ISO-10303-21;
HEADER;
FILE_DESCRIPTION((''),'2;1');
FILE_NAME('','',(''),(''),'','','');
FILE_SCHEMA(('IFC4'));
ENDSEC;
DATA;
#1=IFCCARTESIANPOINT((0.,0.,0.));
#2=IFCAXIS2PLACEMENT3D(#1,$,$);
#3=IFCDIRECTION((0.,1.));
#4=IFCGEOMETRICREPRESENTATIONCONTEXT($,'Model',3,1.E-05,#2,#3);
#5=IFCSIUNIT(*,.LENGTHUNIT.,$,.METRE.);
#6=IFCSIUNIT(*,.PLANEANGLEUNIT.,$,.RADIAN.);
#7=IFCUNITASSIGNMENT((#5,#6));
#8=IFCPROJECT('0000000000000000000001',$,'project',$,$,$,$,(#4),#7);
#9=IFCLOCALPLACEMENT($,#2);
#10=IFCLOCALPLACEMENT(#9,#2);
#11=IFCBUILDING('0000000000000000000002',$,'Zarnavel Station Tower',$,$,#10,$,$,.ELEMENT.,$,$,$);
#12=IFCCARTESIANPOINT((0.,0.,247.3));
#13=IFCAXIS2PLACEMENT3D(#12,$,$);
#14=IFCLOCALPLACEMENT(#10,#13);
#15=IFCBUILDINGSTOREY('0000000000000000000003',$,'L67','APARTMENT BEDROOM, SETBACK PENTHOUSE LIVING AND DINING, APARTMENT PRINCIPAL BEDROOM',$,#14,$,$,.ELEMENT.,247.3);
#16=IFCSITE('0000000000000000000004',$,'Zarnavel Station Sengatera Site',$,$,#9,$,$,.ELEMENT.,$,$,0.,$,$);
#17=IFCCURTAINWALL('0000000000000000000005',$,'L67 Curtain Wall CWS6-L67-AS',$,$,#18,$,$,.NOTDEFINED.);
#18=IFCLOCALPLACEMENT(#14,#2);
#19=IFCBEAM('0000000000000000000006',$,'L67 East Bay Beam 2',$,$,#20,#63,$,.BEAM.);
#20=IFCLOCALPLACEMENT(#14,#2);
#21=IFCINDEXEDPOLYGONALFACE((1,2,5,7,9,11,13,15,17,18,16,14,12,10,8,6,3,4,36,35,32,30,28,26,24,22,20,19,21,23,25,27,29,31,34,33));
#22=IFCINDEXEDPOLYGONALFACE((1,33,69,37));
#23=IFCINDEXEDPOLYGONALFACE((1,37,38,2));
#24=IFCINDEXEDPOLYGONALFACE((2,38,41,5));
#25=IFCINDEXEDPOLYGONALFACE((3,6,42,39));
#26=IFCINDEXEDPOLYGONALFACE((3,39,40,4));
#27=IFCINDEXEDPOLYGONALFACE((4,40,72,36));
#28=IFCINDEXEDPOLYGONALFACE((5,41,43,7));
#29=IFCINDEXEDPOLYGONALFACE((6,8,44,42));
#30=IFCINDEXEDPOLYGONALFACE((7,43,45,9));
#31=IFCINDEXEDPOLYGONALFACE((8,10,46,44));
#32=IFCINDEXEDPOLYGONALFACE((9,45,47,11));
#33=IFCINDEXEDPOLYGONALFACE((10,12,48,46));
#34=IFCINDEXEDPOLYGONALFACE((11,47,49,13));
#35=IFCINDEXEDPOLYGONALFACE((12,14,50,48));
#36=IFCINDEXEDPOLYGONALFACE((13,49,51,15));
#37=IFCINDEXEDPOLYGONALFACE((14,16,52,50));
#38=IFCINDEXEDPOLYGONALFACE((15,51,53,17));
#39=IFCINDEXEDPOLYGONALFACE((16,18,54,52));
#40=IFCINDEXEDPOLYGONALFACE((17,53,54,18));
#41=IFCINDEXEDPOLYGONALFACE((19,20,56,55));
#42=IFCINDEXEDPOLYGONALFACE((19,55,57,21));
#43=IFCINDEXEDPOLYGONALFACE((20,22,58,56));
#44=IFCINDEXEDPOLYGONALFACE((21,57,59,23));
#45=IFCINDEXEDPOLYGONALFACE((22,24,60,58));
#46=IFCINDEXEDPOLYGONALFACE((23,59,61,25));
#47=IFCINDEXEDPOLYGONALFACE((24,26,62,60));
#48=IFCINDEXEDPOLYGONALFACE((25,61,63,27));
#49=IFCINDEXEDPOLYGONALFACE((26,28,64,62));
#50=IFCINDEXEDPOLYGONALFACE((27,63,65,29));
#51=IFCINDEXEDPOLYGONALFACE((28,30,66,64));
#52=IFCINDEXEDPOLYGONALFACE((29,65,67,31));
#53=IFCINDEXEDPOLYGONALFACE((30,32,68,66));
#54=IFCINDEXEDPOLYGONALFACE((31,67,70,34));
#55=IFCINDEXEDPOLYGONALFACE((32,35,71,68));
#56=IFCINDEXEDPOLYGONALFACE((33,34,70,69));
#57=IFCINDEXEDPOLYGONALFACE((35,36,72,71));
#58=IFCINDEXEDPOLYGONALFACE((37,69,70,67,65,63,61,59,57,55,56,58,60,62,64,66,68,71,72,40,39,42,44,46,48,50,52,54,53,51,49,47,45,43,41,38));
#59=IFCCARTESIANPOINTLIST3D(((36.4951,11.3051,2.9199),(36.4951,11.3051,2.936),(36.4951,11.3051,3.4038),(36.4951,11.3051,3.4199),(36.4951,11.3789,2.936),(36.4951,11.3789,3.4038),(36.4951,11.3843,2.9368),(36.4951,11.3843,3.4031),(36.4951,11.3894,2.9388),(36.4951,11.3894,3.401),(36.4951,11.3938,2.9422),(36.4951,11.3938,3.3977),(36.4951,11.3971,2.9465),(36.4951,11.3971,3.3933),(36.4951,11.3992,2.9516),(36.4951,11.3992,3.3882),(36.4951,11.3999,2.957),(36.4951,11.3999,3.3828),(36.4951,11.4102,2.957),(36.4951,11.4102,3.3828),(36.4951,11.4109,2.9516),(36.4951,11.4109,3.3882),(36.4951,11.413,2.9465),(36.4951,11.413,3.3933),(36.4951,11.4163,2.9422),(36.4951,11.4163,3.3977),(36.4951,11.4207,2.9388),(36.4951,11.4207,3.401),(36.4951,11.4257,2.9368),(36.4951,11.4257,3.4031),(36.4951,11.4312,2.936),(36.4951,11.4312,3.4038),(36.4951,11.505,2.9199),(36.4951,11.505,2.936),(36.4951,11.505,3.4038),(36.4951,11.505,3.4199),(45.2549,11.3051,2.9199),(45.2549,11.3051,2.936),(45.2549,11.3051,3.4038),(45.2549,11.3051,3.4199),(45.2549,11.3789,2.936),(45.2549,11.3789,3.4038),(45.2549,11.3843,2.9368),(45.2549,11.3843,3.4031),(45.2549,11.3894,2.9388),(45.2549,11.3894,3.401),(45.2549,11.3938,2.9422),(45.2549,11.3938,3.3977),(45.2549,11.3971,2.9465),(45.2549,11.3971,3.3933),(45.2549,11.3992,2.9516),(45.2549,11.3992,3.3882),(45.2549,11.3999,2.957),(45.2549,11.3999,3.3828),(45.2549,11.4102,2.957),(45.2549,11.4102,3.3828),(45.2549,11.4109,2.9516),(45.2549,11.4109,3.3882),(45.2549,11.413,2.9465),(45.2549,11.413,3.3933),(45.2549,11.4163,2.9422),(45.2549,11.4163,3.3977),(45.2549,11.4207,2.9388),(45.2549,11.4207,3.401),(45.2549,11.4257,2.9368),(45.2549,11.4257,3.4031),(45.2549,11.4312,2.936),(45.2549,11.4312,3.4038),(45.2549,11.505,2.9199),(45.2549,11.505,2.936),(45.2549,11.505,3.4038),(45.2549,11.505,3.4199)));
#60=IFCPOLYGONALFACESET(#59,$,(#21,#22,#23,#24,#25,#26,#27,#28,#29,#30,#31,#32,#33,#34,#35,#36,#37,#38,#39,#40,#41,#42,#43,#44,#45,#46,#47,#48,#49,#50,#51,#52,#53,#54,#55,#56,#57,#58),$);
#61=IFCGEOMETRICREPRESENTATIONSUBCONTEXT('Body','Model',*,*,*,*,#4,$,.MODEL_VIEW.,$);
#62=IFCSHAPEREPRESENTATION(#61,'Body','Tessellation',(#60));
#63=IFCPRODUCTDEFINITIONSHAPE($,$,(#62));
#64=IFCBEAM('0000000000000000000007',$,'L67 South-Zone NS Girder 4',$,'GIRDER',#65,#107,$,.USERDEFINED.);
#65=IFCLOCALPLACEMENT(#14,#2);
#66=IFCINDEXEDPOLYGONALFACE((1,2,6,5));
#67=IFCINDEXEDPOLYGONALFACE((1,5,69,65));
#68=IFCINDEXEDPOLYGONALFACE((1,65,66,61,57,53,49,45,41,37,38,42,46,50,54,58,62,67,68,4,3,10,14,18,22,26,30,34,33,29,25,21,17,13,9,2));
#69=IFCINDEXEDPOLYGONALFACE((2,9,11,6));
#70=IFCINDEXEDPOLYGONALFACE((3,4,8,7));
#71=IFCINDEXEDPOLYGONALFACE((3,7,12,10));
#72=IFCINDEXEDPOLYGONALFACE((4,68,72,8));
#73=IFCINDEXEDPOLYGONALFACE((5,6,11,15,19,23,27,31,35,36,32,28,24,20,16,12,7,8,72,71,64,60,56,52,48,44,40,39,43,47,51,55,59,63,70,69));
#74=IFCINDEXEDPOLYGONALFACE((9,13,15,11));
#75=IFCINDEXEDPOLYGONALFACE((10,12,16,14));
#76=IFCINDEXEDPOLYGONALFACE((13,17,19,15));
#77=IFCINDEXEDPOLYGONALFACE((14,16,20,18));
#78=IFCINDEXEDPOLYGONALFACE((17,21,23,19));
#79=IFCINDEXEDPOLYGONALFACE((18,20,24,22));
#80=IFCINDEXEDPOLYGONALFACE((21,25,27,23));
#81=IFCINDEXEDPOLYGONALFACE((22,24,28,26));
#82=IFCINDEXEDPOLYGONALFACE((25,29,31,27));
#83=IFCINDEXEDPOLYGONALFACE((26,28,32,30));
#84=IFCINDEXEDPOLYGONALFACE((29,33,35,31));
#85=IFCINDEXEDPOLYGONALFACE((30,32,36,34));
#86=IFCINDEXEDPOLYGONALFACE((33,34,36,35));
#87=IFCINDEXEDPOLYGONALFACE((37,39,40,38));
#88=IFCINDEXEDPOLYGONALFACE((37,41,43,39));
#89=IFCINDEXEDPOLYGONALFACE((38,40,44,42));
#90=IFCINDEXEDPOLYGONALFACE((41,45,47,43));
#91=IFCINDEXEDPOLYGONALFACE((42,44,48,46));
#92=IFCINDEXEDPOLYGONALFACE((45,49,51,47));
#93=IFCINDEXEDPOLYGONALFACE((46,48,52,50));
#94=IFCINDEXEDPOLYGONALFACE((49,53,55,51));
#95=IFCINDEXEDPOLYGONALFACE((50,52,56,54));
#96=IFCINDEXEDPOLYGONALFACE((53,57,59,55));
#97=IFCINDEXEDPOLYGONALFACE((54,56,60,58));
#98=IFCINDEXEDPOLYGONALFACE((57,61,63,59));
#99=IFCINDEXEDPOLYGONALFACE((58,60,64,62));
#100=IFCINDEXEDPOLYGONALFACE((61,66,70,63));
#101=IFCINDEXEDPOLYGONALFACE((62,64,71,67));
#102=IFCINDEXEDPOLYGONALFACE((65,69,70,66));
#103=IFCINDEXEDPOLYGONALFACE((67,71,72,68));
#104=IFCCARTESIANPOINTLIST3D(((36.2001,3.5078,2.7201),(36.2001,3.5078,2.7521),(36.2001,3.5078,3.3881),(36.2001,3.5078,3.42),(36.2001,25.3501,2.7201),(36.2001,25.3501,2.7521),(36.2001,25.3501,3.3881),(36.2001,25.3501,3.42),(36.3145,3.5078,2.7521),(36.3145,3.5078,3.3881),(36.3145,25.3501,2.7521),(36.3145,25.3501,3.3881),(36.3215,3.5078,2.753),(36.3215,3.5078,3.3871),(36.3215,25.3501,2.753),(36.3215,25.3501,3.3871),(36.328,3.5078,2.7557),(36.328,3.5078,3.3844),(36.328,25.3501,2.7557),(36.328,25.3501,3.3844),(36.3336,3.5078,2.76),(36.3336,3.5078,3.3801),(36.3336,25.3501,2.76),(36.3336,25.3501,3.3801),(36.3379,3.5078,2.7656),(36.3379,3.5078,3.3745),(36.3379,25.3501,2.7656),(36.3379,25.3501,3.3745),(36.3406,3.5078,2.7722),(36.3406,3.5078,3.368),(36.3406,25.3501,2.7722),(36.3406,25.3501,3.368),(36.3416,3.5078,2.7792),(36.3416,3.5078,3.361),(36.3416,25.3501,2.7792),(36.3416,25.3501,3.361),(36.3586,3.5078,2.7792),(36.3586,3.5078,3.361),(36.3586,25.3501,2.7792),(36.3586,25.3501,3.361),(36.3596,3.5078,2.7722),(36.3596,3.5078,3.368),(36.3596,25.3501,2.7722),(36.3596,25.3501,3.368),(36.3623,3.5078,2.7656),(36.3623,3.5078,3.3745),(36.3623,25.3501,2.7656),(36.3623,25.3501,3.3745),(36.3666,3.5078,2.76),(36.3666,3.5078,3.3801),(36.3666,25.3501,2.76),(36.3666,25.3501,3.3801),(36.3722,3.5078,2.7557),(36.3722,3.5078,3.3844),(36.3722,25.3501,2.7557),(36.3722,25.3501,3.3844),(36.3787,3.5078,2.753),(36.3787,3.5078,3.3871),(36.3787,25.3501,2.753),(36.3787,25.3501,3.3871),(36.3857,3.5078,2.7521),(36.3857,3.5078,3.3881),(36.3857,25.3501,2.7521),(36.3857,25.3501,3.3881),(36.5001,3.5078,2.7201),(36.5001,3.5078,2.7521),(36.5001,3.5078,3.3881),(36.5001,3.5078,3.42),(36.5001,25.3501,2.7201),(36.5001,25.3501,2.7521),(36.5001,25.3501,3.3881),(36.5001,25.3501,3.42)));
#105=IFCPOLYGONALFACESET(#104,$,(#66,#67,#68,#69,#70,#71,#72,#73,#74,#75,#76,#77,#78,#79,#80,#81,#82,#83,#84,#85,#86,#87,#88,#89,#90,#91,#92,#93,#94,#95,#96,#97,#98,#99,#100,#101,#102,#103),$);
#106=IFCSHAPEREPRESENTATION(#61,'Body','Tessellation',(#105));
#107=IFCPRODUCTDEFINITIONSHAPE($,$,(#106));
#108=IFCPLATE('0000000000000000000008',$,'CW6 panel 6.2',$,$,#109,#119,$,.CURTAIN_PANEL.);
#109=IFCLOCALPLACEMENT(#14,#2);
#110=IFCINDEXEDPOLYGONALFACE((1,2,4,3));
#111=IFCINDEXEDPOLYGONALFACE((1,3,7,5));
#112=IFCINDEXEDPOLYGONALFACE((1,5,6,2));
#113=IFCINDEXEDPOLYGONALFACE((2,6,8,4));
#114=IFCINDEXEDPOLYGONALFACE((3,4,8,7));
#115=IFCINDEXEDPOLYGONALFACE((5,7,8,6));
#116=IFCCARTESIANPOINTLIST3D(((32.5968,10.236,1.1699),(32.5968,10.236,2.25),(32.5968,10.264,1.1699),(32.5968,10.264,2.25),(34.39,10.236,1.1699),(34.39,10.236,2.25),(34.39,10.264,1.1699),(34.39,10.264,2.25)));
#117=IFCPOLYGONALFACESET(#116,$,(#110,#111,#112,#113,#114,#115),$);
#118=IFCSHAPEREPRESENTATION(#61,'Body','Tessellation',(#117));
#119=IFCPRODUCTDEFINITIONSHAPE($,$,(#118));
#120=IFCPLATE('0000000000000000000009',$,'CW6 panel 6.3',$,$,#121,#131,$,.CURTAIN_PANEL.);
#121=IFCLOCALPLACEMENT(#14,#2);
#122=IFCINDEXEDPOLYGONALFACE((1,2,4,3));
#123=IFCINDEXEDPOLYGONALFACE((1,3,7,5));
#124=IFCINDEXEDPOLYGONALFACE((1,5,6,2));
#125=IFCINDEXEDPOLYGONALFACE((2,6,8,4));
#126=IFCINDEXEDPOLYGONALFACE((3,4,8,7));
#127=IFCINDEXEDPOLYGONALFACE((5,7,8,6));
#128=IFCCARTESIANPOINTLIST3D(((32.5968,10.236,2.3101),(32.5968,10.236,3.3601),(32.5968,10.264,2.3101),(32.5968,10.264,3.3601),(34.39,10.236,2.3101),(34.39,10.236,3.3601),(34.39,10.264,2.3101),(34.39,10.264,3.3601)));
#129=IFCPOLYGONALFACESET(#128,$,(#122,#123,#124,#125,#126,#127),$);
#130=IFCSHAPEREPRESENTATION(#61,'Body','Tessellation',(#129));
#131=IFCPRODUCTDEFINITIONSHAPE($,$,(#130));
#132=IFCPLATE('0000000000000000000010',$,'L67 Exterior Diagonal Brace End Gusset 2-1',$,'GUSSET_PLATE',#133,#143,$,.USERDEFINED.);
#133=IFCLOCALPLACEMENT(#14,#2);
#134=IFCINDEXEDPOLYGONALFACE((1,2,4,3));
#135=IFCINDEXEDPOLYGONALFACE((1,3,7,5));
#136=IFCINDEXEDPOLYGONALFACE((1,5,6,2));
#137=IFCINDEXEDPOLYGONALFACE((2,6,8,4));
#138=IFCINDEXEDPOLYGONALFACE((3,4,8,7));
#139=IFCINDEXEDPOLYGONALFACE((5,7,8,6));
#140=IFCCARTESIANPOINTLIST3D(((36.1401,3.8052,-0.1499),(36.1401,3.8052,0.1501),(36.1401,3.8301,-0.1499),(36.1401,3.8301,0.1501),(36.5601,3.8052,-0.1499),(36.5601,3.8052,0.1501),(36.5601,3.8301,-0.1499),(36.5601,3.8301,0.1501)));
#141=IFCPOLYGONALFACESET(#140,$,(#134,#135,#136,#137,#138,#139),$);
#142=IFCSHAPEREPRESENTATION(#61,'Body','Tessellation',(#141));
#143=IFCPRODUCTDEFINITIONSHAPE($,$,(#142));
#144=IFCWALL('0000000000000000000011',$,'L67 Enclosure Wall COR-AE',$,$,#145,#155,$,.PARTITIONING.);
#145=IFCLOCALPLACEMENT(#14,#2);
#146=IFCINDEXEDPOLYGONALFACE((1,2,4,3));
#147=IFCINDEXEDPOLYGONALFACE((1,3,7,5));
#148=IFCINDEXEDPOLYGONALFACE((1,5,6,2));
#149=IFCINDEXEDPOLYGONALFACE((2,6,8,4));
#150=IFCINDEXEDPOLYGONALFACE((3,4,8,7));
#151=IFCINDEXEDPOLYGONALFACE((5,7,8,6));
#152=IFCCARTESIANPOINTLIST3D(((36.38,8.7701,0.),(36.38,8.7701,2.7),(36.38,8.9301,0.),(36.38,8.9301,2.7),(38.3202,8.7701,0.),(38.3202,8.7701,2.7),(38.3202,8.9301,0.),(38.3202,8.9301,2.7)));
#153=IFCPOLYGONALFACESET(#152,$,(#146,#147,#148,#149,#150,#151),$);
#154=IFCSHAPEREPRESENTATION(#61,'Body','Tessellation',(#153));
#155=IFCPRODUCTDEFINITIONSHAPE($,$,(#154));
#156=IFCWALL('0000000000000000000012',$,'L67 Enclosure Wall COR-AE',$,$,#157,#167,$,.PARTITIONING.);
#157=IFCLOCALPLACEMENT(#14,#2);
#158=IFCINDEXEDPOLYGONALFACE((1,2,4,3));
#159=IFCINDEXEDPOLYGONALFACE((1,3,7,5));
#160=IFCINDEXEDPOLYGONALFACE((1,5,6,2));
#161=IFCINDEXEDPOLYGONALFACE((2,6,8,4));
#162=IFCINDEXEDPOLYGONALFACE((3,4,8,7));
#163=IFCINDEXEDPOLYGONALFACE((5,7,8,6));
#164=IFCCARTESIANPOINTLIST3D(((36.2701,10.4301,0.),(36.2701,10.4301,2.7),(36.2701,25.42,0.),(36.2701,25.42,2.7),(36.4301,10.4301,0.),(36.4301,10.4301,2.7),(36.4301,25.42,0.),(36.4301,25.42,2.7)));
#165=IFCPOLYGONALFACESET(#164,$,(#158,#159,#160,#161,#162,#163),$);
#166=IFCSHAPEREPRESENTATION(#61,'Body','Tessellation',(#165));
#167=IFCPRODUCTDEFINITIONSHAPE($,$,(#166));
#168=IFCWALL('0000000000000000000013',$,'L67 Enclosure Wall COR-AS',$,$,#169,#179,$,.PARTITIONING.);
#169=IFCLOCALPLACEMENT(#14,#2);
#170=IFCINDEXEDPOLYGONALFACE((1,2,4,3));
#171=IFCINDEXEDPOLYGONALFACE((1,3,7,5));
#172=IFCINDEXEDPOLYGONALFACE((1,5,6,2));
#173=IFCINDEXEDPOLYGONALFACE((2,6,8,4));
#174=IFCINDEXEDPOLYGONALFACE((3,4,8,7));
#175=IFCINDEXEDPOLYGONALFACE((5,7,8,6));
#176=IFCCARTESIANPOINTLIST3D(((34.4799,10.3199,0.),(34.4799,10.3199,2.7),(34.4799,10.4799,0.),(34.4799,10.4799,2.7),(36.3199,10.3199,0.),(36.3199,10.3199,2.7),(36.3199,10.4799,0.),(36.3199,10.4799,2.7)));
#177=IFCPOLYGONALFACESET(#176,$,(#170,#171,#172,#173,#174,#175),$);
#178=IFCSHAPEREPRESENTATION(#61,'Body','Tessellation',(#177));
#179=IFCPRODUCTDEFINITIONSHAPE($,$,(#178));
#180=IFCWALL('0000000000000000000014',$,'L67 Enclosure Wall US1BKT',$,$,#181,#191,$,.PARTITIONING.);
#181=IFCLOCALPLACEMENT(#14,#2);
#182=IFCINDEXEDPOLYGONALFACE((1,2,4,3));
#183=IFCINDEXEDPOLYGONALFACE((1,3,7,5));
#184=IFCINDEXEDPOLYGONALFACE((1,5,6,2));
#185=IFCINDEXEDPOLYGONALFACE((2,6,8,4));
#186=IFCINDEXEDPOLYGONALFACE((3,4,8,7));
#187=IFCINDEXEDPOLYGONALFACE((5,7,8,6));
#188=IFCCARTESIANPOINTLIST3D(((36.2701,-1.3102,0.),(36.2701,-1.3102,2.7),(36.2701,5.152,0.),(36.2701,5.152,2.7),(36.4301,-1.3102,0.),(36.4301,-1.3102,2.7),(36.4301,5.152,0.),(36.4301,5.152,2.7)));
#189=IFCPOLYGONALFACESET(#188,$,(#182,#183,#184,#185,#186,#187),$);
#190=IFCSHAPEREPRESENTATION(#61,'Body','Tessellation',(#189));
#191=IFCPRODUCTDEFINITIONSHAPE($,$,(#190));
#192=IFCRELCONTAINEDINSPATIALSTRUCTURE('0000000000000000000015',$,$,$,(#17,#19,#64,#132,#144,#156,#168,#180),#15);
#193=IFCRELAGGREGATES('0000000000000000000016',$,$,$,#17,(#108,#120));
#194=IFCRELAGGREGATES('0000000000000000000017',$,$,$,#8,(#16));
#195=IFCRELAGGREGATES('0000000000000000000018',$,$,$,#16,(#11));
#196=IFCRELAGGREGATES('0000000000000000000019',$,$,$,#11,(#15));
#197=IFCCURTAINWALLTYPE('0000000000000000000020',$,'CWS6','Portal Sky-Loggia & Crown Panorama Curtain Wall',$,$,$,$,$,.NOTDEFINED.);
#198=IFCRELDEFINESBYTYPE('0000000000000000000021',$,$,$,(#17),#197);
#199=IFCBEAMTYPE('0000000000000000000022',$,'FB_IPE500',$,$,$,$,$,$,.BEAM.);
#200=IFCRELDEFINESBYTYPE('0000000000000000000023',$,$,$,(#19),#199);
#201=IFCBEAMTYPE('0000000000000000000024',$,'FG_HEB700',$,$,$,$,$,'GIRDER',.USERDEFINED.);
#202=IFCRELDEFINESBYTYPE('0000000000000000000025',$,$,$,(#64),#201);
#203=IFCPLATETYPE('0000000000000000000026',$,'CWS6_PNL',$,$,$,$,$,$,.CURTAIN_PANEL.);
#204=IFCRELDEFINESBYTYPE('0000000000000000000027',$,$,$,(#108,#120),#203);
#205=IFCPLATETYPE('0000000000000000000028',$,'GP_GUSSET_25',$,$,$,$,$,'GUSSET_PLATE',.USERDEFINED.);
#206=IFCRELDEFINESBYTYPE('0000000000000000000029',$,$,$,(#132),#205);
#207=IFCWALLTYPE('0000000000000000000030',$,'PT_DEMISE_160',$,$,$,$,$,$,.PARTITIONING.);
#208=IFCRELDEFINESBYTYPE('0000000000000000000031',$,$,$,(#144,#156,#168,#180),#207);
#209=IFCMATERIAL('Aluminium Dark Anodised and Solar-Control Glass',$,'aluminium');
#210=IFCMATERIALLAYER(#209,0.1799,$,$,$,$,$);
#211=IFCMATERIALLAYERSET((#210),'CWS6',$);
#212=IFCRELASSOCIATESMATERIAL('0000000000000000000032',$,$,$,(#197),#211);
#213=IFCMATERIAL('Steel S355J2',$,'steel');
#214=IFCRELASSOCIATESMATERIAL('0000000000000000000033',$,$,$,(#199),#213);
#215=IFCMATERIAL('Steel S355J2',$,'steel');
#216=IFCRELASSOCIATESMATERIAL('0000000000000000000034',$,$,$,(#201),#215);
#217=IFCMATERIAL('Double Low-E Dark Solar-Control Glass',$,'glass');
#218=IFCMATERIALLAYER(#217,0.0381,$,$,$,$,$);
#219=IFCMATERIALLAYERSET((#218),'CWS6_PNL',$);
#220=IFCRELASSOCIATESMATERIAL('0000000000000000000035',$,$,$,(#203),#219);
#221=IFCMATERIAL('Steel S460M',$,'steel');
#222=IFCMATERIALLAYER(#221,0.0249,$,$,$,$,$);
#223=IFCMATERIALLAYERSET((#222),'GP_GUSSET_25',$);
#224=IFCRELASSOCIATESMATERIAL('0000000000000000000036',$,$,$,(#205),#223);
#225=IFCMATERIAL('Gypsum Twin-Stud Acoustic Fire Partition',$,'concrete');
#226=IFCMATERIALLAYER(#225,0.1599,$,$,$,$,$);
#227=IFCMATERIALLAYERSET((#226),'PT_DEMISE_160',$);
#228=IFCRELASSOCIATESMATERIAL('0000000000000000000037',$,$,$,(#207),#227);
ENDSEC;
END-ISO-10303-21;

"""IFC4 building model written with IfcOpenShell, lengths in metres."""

from ifc_helpers import new_model, si_unit, direction, frame, frame_2d, origin, origin_2d, place, context, subcontext, project, spatial, rectangle, i_section, extrude, material, layer, layer_set, material_profile, profile_set, type_object, element, aggregate, save


model = new_model("IFC4")

# Units and contexts
model_context = context("Model", 3, precision=1e-05, world=origin(), true_north=direction((0.0, 1.0)))
body_context = subcontext(model_context, "Body", "Model", "MODEL_VIEW")
ifc_project = project(units=[si_unit("LENGTHUNIT", "METRE"), si_unit("PLANEANGLEUNIT", "RADIAN")], contexts=[model_context])

# Site, building, storey
site_placement = place(None, origin())
site = spatial("IfcSite", under=ifc_project, at=site_placement, Name="Zarnavel Station Sengatera Site", CompositionType="ELEMENT", RefElevation=0.0)
building_placement = place(site_placement, origin())
building = spatial("IfcBuilding", under=site, at=building_placement, Name="Zarnavel Station Tower", CompositionType="ELEMENT")
storey_placement = place(building_placement, frame((0.0, 0.0, 247.3)))
storey = spatial("IfcBuildingStorey", under=building, at=storey_placement, Name="L67", Description="APARTMENT BEDROOM, SETBACK PENTHOUSE LIVING AND DINING, APARTMENT PRINCIPAL BEDROOM", CompositionType="ELEMENT", Elevation=247.3)

# Curtain wall
ifc_material_1 = material(Name="Aluminium Dark Anodised and Solar-Control Glass", Category="aluminium")
ifc_layer_1 = layer(ifc_material_1, 0.1799)
ifc_layer_set_1 = layer_set([ifc_layer_1], Name="CWS6")
curtain_wall_type = type_object("IfcCurtainWallType", Name="CWS6", Description="Portal Sky-Loggia & Crown Panorama Curtain Wall", PredefinedType="NOTDEFINED", material=ifc_layer_set_1)
curtain_wall_placement = place(storey_placement, origin())
curtain_wall = element("IfcCurtainWall", 1, at=curtain_wall_placement, inside=storey, type_object=curtain_wall_type, Name="L67 Curtain Wall CWS6-L67-AS", PredefinedType="NOTDEFINED")

# Beams
ifc_material_2 = material(Name="Steel S355J2", Category="steel")
ifc_material_profile_1 = material_profile(ifc_material_2, i_section(OverallWidth=0.2, OverallDepth=0.5, WebThickness=0.0103, FlangeThickness=0.0161, FilletRadius=0.021, at=origin_2d()), Name="IPE500")
ifc_profile_set_1 = profile_set([ifc_material_profile_1], Name="Steel S355J2")
beam_type_1 = type_object("IfcBeamType", Name="FB_IPE500", PredefinedType="BEAM", material=ifc_profile_set_1)
beam_1_placement = place(storey_placement, frame((36.4951, 11.405, 3.1699), z_axis=(1.0, 0.0, 0.0), x_axis=(0.0, 1.0, 0.0)))
element("IfcBeam", 2, at=beam_1_placement, inside=storey, type_object=beam_type_1, Name="L67 East Bay Beam 2", PredefinedType="BEAM", context=body_context, shape_type="SweptSolid", body=[
    extrude(i_section(OverallWidth=0.2, OverallDepth=0.5, WebThickness=0.0103, FlangeThickness=0.0161, FilletRadius=0.021, at=origin_2d()), origin(), (0.0, 0.0, 1.0), 8.7598),
])
ifc_material_3 = material(Name="Steel S355J2", Category="steel")
ifc_material_profile_2 = material_profile(ifc_material_3, i_section(OverallWidth=0.3, OverallDepth=0.7, WebThickness=0.0171, FlangeThickness=0.032, FilletRadius=0.0271, at=origin_2d()), Name="HEB700")
ifc_profile_set_2 = profile_set([ifc_material_profile_2], Name="Steel S355J2")
beam_type_2 = type_object("IfcBeamType", Name="FG_HEB700", ElementType="GIRDER", PredefinedType="USERDEFINED", material=ifc_profile_set_2)
beam_2_placement = place(storey_placement, frame((36.3501, 3.5078, 3.0701), z_axis=(0.0, 1.0, 0.0), x_axis=(-1.0, 0.0, 0.0)))
element("IfcBeam", 3, at=beam_2_placement, inside=storey, type_object=beam_type_2, Name="L67 South-Zone NS Girder 4", ObjectType="GIRDER", PredefinedType="USERDEFINED", context=body_context, shape_type="SweptSolid", body=[
    extrude(i_section(OverallWidth=0.3, OverallDepth=0.7, WebThickness=0.0171, FlangeThickness=0.032, FilletRadius=0.0271, at=origin_2d()), origin(), (0.0, 0.0, 1.0), 21.8423),
])

# Plates
ifc_material_4 = material(Name="Double Low-E Dark Solar-Control Glass", Category="glass")
ifc_layer_2 = layer(ifc_material_4, 0.0381)
ifc_layer_set_2 = layer_set([ifc_layer_2], Name="CWS6_PNL")
plate_type_1 = type_object("IfcPlateType", Name="CWS6_PNL", PredefinedType="CURTAIN_PANEL", material=ifc_layer_set_2)
plate_1_placement = place(storey_placement, frame((33.4934, 10.25, 1.1699), z_axis=(0.0, 0.0, 1.0), x_axis=(1.0, 0.0, 0.0)))
plate_1 = element("IfcPlate", 4, at=plate_1_placement, type_object=plate_type_1, Name="CW6 panel 6.2", PredefinedType="CURTAIN_PANEL", context=body_context, shape_type="SweptSolid", body=[
    extrude(rectangle(XDim=1.7932, YDim=0.0281, at=origin_2d()), origin(), (0.0, 0.0, 1.0), 1.0801),
])
plate_2_placement = place(storey_placement, frame((33.4934, 10.25, 2.3101), z_axis=(0.0, 0.0, 1.0), x_axis=(1.0, 0.0, 0.0)))
plate_2 = element("IfcPlate", 5, at=plate_2_placement, type_object=plate_type_1, Name="CW6 panel 6.3", PredefinedType="CURTAIN_PANEL", context=body_context, shape_type="SweptSolid", body=[
    extrude(rectangle(XDim=1.7932, YDim=0.0281, at=origin_2d()), origin(), (0.0, 0.0, 1.0), 1.05),
])
aggregate(curtain_wall, [plate_1, plate_2])
ifc_material_5 = material(Name="Steel S460M", Category="steel")
ifc_layer_3 = layer(ifc_material_5, 0.0249)
ifc_layer_set_3 = layer_set([ifc_layer_3], Name="GP_GUSSET_25")
plate_type_2 = type_object("IfcPlateType", Name="GP_GUSSET_25", ElementType="GUSSET_PLATE", PredefinedType="USERDEFINED", material=ifc_layer_set_3)
plate_3_placement = place(storey_placement, frame((36.3501, 3.8176, -0.1499), z_axis=(0.0, 0.0, 1.0), x_axis=(1.0, 0.0, 0.0)))
element("IfcPlate", 6, at=plate_3_placement, inside=storey, type_object=plate_type_2, Name="L67 Exterior Diagonal Brace End Gusset 2-1", ObjectType="GUSSET_PLATE", PredefinedType="USERDEFINED", context=body_context, shape_type="SweptSolid", body=[
    extrude(rectangle(XDim=0.4199, YDim=0.0249, at=origin_2d()), origin(), (0.0, 0.0, 1.0), 0.3),
])

# Walls
ifc_material_6 = material(Name="Gypsum Twin-Stud Acoustic Fire Partition", Category="concrete")
ifc_layer_4 = layer(ifc_material_6, 0.1599)
ifc_layer_set_4 = layer_set([ifc_layer_4], Name="PT_DEMISE_160")
wall_type_1 = type_object("IfcWallType", Name="PT_DEMISE_160", PredefinedType="PARTITIONING", material=ifc_layer_set_4)
wall_1_placement = place(storey_placement, frame((36.3799, 8.8501, 0.0), z_axis=(0.0, 0.0, 1.0), x_axis=(1.0, 0.0, 0.0)))
element("IfcWall", 7, at=wall_1_placement, inside=storey, type_object=wall_type_1, Name="L67 Enclosure Wall COR-AE", PredefinedType="PARTITIONING", context=body_context, shape_type="SweptSolid", body=[
    extrude(rectangle(XDim=1.9402, YDim=0.1599, at=frame_2d((0.9702, 0.0))), origin(), (0.0, 0.0, 1.0), 2.7),
])
wall_2_placement = place(storey_placement, frame((36.3501, 10.4299, 0.0), z_axis=(0.0, 0.0, 1.0), x_axis=(0.0, 1.0, 0.0)))
element("IfcWall", 8, at=wall_2_placement, inside=storey, type_object=wall_type_1, Name="L67 Enclosure Wall COR-AE", PredefinedType="PARTITIONING", context=body_context, shape_type="SweptSolid", body=[
    extrude(rectangle(XDim=14.99, YDim=0.1599, at=frame_2d((7.4951, 0.0))), origin(), (0.0, 0.0, 1.0), 2.7),
])
wall_3_placement = place(storey_placement, frame((34.48, 10.3999, 0.0), z_axis=(0.0, 0.0, 1.0), x_axis=(1.0, 0.0, 0.0)))
element("IfcWall", 9, at=wall_3_placement, inside=storey, type_object=wall_type_1, Name="L67 Enclosure Wall COR-AS", PredefinedType="PARTITIONING", context=body_context, shape_type="SweptSolid", body=[
    extrude(rectangle(XDim=1.8401, YDim=0.1599, at=frame_2d((0.9199, 0.0))), origin(), (0.0, 0.0, 1.0), 2.7),
])
wall_4_placement = place(storey_placement, frame((36.3501, -1.3101, 0.0), z_axis=(0.0, 0.0, 1.0), x_axis=(0.0, 1.0, 0.0)))
element("IfcWall", 10, at=wall_4_placement, inside=storey, type_object=wall_type_1, Name="L67 Enclosure Wall US1BKT", PredefinedType="PARTITIONING", context=body_context, shape_type="SweptSolid", body=[
    extrude(rectangle(XDim=6.4622, YDim=0.1599, at=frame_2d((3.231, 0.0))), origin(), (0.0, 0.0, 1.0), 2.7),
])

save(model, "model.ifc")
